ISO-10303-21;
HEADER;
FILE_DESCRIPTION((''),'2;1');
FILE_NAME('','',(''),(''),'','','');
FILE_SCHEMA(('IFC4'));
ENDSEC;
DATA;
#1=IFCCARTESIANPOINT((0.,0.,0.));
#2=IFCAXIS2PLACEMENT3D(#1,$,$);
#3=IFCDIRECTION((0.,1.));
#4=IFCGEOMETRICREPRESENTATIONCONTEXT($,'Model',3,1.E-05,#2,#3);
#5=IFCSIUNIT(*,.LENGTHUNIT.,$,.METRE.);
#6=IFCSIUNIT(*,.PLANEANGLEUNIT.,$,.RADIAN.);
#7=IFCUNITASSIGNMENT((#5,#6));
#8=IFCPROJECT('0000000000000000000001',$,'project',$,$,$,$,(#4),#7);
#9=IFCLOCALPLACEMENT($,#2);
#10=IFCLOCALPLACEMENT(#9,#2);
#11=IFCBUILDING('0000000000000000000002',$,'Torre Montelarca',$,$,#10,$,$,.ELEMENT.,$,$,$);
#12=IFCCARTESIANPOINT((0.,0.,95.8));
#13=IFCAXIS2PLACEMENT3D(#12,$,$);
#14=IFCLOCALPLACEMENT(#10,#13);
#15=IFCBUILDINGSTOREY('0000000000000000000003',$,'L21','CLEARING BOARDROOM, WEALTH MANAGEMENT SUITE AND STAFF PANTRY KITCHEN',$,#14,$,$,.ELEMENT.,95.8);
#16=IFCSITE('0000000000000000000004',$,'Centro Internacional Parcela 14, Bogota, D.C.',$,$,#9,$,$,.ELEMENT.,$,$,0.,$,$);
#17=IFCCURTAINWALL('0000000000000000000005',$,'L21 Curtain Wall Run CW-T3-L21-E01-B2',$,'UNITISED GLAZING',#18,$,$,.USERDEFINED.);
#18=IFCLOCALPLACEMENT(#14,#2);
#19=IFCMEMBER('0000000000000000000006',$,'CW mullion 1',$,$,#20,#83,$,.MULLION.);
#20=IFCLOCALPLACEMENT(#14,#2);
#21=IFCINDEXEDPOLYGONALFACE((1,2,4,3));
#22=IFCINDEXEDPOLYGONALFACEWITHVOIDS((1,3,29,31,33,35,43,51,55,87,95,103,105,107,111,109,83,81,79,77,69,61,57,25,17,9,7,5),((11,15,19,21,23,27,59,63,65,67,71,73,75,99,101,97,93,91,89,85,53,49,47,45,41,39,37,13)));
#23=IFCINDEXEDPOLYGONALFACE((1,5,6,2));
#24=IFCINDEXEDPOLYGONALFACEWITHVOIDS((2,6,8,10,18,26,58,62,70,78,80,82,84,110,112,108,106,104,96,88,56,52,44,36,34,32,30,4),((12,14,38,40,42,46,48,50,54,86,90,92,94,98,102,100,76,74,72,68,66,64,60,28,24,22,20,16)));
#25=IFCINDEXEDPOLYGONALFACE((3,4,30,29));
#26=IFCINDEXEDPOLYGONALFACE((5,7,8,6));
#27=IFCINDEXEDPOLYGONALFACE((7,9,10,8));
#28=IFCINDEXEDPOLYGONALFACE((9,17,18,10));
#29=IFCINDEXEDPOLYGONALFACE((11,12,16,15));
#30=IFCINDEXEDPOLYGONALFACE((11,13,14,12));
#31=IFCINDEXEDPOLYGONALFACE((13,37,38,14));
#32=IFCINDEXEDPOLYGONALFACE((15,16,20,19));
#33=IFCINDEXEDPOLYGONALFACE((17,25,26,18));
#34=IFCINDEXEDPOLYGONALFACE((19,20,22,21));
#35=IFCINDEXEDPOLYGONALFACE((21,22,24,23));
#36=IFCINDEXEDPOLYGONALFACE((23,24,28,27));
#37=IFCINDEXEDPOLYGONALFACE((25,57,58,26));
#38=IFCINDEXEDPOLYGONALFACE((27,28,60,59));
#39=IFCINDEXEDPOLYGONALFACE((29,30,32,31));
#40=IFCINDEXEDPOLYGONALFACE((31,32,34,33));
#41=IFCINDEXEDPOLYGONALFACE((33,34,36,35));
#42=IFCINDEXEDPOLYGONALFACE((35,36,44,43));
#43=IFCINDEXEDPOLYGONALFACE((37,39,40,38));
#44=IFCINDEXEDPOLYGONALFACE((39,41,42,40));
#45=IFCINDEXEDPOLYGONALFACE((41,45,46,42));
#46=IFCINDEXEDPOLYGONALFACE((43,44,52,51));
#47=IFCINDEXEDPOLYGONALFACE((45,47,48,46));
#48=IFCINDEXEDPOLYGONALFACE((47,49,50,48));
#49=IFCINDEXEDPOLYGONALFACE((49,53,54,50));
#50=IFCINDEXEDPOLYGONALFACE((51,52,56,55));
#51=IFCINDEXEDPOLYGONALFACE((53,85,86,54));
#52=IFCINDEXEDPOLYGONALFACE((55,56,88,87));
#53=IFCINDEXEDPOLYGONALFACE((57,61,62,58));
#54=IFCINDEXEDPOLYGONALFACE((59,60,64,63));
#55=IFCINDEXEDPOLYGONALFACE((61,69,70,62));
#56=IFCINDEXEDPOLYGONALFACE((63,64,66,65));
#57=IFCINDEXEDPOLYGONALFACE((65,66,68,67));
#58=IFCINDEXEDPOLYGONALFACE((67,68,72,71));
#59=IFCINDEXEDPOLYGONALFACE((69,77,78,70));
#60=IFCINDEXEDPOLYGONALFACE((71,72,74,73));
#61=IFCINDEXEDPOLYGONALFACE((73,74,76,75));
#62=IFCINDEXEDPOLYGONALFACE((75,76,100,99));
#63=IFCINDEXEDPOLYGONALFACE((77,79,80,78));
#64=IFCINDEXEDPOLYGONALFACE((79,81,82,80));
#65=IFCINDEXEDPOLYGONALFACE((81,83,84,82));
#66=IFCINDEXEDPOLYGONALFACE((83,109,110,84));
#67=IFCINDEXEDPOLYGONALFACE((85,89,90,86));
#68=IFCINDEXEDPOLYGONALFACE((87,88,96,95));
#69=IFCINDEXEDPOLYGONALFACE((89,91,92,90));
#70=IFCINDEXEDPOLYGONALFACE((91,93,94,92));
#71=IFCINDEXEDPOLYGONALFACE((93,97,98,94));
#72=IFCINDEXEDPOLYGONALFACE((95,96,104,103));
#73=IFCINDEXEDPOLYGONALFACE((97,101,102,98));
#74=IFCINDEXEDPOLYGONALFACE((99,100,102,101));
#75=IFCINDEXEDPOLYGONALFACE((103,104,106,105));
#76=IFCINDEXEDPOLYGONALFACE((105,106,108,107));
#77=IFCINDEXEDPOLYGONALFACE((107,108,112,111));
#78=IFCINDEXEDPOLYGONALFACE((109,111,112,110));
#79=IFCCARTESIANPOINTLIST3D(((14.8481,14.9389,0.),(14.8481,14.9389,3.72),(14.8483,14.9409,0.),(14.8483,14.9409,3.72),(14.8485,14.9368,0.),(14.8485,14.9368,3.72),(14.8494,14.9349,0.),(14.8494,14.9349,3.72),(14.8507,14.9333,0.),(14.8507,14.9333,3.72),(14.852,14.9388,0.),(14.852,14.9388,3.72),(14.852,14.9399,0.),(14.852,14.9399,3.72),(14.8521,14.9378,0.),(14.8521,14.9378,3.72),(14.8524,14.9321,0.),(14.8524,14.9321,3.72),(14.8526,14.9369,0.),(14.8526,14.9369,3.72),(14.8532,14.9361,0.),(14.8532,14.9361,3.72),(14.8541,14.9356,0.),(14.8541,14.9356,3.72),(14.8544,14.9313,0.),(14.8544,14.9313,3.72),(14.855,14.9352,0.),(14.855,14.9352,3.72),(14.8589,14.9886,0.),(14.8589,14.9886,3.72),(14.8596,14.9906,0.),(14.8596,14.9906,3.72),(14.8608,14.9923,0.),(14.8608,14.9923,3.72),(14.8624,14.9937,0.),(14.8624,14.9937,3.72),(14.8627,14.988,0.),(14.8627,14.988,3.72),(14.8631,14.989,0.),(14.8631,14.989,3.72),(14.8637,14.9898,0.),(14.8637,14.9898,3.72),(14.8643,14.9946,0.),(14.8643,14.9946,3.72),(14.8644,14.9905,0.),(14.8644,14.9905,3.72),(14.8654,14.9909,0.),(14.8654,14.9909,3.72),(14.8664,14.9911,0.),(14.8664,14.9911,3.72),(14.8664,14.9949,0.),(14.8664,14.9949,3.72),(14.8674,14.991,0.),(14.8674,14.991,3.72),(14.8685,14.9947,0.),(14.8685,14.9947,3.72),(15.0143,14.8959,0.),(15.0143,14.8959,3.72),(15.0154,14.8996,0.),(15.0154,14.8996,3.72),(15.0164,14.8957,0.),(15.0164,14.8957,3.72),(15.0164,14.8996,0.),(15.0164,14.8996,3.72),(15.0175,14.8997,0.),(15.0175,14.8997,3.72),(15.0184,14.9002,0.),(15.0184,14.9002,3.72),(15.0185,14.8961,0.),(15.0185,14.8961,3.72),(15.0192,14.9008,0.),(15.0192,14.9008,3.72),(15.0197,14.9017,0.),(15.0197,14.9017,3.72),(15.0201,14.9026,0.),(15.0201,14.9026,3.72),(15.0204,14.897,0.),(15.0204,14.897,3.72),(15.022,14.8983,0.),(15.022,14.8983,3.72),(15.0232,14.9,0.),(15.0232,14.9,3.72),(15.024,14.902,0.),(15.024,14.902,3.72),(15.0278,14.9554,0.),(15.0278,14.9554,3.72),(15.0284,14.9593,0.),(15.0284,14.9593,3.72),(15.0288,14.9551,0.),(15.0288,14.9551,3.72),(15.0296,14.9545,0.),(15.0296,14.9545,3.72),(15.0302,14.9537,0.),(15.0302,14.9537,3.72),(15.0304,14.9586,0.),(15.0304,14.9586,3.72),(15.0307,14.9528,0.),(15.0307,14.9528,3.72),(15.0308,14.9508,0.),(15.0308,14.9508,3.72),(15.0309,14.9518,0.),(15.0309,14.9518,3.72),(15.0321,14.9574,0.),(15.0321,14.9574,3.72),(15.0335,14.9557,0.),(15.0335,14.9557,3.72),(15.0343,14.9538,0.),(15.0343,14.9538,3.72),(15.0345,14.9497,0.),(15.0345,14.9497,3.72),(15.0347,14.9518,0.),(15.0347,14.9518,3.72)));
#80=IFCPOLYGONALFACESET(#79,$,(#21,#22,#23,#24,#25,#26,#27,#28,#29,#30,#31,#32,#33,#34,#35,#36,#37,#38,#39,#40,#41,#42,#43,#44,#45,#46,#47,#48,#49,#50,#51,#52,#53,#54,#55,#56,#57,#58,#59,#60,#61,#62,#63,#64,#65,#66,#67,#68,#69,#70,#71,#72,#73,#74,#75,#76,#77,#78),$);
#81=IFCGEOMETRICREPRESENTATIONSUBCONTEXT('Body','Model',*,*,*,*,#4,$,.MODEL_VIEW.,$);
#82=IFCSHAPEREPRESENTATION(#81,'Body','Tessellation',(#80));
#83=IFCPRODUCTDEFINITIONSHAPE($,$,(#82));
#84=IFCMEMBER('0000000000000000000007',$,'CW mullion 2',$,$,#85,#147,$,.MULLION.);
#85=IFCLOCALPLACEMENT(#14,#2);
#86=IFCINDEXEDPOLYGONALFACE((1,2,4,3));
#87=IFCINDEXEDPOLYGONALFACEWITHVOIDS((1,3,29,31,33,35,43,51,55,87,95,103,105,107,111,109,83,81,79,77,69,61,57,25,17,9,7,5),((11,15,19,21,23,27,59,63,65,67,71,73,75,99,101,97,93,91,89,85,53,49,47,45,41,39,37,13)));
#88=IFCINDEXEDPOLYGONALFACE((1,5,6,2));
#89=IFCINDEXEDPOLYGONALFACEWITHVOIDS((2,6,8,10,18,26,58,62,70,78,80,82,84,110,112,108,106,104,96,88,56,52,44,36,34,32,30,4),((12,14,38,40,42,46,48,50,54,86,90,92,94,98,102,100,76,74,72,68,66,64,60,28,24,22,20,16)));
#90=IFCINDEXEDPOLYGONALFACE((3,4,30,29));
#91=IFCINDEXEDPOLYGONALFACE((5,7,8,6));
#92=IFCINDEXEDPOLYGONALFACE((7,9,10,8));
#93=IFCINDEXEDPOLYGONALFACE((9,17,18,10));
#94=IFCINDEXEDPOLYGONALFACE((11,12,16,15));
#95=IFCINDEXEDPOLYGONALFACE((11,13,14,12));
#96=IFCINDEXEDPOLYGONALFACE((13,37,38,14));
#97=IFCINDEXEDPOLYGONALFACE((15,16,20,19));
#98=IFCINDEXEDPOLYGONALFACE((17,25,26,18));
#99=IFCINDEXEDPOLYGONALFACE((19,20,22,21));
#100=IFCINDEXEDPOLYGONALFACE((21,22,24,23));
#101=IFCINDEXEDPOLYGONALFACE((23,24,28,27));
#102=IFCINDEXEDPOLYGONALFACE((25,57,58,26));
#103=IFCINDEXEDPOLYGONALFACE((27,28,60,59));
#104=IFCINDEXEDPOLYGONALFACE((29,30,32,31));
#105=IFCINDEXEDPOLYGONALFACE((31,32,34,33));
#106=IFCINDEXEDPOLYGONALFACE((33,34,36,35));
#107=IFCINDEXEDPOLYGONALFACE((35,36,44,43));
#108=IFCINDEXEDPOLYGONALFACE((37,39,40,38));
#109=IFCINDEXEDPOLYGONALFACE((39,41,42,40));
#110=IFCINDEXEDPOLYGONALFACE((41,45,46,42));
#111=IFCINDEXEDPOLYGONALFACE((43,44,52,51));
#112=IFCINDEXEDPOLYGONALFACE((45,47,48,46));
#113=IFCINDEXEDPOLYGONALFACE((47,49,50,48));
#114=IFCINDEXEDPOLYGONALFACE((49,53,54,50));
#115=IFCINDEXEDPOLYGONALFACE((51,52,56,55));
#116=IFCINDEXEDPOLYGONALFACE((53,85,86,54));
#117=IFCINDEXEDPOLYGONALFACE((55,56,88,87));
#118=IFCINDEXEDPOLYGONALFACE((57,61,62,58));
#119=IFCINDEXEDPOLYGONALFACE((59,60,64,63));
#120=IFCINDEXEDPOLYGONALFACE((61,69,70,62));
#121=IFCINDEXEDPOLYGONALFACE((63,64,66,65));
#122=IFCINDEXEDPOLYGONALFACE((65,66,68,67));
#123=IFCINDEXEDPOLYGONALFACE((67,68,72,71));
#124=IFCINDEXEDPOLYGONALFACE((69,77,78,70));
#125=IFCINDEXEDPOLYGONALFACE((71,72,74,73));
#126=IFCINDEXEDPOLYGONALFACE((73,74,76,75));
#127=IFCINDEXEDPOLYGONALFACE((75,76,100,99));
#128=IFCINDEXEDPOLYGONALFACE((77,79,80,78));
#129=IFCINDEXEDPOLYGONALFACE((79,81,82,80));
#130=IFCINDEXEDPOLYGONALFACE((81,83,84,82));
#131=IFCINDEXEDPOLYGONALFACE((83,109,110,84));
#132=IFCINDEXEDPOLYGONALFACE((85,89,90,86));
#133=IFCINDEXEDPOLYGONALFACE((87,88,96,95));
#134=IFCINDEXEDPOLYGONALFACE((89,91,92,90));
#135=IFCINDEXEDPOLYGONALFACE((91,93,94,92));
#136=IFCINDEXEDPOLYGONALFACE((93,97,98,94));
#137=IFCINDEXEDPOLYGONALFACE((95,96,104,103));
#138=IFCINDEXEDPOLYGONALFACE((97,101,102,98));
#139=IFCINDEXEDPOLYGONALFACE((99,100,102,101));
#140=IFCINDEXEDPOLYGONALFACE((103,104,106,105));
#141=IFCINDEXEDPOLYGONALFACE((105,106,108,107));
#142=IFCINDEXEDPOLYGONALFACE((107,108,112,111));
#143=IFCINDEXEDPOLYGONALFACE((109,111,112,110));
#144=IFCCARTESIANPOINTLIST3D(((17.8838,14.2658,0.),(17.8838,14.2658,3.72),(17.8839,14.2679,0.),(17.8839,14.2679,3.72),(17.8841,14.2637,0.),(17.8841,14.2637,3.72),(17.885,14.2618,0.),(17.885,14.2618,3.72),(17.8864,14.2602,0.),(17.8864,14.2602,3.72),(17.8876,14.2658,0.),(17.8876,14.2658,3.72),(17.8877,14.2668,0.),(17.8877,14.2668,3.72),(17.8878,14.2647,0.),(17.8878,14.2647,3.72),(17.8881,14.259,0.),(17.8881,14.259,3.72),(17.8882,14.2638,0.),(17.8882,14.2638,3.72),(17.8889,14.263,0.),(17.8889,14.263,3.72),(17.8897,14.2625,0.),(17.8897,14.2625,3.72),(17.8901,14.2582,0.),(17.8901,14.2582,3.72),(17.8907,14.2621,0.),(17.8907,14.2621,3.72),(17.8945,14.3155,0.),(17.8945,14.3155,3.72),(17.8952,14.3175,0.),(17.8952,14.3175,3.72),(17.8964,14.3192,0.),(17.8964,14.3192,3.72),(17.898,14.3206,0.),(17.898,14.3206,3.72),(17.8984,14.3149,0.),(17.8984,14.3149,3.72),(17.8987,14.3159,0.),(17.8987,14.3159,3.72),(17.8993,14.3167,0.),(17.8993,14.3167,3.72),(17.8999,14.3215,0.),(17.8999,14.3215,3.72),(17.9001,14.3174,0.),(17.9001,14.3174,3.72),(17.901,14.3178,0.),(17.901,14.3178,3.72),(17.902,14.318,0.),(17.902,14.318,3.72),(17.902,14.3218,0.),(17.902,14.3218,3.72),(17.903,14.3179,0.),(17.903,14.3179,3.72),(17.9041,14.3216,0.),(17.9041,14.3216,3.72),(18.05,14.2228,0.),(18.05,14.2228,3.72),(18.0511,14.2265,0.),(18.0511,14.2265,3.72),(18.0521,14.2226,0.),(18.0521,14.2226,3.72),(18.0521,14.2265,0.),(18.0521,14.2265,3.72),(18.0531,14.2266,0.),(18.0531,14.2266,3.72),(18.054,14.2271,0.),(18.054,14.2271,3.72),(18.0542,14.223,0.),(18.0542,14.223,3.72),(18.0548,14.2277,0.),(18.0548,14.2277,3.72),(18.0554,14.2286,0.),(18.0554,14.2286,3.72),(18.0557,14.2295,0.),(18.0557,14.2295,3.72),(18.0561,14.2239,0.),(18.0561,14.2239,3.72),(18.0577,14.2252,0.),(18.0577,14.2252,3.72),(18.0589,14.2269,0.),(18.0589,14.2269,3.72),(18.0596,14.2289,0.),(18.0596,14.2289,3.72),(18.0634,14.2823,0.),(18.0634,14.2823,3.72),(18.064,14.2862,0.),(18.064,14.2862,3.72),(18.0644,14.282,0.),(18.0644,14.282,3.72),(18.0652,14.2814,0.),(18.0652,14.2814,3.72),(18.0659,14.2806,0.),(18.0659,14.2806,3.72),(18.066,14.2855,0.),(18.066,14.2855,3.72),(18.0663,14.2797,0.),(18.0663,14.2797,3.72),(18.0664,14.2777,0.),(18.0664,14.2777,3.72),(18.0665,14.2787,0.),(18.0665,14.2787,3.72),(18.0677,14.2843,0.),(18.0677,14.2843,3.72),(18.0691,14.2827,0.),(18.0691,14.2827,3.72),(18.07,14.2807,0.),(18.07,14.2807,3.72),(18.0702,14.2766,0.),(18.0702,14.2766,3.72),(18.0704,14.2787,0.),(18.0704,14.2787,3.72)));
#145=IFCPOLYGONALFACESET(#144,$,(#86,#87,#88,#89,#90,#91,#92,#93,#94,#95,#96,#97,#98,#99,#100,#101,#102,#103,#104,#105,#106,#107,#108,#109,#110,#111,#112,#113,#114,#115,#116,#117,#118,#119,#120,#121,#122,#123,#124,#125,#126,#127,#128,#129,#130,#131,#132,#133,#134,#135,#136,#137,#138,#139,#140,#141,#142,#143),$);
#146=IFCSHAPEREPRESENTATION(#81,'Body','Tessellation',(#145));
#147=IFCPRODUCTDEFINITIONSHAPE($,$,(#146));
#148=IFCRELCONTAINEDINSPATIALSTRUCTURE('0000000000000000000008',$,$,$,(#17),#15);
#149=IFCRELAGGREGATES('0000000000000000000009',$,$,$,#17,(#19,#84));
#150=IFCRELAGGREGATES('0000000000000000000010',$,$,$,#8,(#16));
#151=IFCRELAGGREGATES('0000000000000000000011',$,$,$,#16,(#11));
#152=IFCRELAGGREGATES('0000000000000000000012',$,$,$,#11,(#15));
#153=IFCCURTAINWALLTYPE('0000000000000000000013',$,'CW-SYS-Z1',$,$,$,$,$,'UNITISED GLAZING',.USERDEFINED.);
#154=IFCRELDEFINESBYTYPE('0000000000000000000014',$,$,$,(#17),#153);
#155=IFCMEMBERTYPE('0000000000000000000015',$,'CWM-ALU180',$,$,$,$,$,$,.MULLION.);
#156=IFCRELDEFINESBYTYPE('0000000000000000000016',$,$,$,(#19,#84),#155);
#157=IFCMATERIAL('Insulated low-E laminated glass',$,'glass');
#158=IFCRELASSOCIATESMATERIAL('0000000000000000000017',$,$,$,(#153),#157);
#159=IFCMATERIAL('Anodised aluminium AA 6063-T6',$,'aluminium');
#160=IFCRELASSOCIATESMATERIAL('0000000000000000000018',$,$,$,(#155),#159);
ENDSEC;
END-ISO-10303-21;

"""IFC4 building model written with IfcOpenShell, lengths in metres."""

from ifc_helpers import new_model, si_unit, direction, frame, origin, origin_2d, place, context, subcontext, project, spatial, hollow_rectangle, extrude, source, transform, mapped, material, material_profile, profile_set, type_object, element, aggregate, save


model = new_model("IFC4")

# Units and contexts
model_context = context("Model", 3, precision=1e-05, world=origin(), true_north=direction((0.0, 1.0)))
body_context = subcontext(model_context, "Body", "Model", "MODEL_VIEW")
ifc_project = project(units=[si_unit("LENGTHUNIT", "METRE"), si_unit("PLANEANGLEUNIT", "RADIAN")], contexts=[model_context])

# Site, building, storey
site_placement = place(None, origin())
site = spatial("IfcSite", under=ifc_project, at=site_placement, Name="Centro Internacional Parcela 14, Bogota, D.C.", CompositionType="ELEMENT", RefElevation=0.0)
building_placement = place(site_placement, origin())
building = spatial("IfcBuilding", under=site, at=building_placement, Name="Torre Montelarca", CompositionType="ELEMENT")
storey_placement = place(building_placement, frame((0.0, 0.0, 95.8)))
storey = spatial("IfcBuildingStorey", under=building, at=storey_placement, Name="L21", Description="CLEARING BOARDROOM, WEALTH MANAGEMENT SUITE AND STAFF PANTRY KITCHEN", CompositionType="ELEMENT", Elevation=95.8)

# Curtain wall
ifc_material_1 = material(Name="Insulated low-E laminated glass", Category="glass")
curtain_wall_type = type_object("IfcCurtainWallType", Name="CW-SYS-Z1", ElementType="UNITISED GLAZING", PredefinedType="USERDEFINED", material=ifc_material_1)
ifc_material_2 = material(Name="Anodised aluminium AA 6063-T6", Category="aluminium")
curtain_wall_1_placement = place(storey_placement, origin())
curtain_wall_1 = element("IfcCurtainWall", 1, at=curtain_wall_1_placement, inside=storey, type_object=curtain_wall_type, Name="L21 Curtain Wall Run CW-T3-L21-E01-B2", ObjectType="UNITISED GLAZING", PredefinedType="USERDEFINED")

# Members
ifc_material_profile_1 = material_profile(ifc_material_2, hollow_rectangle(XDim=0.0649, YDim=0.1799, WallThickness=0.0039, InnerFilletRadius=0.0039, OuterFilletRadius=0.0081, at=origin_2d()), Name="ALU65X180X4", Category="aluminium")
ifc_profile_set_1 = profile_set([ifc_material_profile_1], Name="Anodised aluminium AA 6063-T6")
member_type_1 = type_object("IfcMemberType", Name="CWM-ALU180", PredefinedType="MULLION", material=ifc_profile_set_1)
shared_shape_1 = source(origin(), body_context, "Body", "SweptSolid", [
    extrude(hollow_rectangle(XDim=0.0649, YDim=0.1799, WallThickness=0.0039, InnerFilletRadius=0.0039, OuterFilletRadius=0.0081, at=origin_2d()), origin(), (0.0, 0.0, 1.0), 3.72),
])
member_1_placement = place(storey_placement, frame((14.9414, 14.9453, 0.0), z_axis=(0.0, 0.0, 1.0), x_axis=(0.216428, 0.976299, 0.0)))
member_1 = element("IfcMember", 2, at=member_1_placement, type_object=member_type_1, Name="CW mullion 1", PredefinedType="MULLION", context=body_context, shape_type="MappedRepresentation", body=[
    mapped(shared_shape_1, transform((0.0, 0.0, 0.0), scale=1.0)),
])
member_2_placement = place(storey_placement, frame((17.9771, 14.2722, 0.0), z_axis=(0.0, 0.0, 1.0), x_axis=(0.216428, 0.976299, 0.0)))
member_2 = element("IfcMember", 3, at=member_2_placement, type_object=member_type_1, Name="CW mullion 2", PredefinedType="MULLION", context=body_context, shape_type="MappedRepresentation", body=[
    mapped(shared_shape_1, transform((0.0, 0.0, 0.0), scale=1.0)),
])

aggregate(curtain_wall_1, [member_1, member_2])

save(model, "model.ifc")
